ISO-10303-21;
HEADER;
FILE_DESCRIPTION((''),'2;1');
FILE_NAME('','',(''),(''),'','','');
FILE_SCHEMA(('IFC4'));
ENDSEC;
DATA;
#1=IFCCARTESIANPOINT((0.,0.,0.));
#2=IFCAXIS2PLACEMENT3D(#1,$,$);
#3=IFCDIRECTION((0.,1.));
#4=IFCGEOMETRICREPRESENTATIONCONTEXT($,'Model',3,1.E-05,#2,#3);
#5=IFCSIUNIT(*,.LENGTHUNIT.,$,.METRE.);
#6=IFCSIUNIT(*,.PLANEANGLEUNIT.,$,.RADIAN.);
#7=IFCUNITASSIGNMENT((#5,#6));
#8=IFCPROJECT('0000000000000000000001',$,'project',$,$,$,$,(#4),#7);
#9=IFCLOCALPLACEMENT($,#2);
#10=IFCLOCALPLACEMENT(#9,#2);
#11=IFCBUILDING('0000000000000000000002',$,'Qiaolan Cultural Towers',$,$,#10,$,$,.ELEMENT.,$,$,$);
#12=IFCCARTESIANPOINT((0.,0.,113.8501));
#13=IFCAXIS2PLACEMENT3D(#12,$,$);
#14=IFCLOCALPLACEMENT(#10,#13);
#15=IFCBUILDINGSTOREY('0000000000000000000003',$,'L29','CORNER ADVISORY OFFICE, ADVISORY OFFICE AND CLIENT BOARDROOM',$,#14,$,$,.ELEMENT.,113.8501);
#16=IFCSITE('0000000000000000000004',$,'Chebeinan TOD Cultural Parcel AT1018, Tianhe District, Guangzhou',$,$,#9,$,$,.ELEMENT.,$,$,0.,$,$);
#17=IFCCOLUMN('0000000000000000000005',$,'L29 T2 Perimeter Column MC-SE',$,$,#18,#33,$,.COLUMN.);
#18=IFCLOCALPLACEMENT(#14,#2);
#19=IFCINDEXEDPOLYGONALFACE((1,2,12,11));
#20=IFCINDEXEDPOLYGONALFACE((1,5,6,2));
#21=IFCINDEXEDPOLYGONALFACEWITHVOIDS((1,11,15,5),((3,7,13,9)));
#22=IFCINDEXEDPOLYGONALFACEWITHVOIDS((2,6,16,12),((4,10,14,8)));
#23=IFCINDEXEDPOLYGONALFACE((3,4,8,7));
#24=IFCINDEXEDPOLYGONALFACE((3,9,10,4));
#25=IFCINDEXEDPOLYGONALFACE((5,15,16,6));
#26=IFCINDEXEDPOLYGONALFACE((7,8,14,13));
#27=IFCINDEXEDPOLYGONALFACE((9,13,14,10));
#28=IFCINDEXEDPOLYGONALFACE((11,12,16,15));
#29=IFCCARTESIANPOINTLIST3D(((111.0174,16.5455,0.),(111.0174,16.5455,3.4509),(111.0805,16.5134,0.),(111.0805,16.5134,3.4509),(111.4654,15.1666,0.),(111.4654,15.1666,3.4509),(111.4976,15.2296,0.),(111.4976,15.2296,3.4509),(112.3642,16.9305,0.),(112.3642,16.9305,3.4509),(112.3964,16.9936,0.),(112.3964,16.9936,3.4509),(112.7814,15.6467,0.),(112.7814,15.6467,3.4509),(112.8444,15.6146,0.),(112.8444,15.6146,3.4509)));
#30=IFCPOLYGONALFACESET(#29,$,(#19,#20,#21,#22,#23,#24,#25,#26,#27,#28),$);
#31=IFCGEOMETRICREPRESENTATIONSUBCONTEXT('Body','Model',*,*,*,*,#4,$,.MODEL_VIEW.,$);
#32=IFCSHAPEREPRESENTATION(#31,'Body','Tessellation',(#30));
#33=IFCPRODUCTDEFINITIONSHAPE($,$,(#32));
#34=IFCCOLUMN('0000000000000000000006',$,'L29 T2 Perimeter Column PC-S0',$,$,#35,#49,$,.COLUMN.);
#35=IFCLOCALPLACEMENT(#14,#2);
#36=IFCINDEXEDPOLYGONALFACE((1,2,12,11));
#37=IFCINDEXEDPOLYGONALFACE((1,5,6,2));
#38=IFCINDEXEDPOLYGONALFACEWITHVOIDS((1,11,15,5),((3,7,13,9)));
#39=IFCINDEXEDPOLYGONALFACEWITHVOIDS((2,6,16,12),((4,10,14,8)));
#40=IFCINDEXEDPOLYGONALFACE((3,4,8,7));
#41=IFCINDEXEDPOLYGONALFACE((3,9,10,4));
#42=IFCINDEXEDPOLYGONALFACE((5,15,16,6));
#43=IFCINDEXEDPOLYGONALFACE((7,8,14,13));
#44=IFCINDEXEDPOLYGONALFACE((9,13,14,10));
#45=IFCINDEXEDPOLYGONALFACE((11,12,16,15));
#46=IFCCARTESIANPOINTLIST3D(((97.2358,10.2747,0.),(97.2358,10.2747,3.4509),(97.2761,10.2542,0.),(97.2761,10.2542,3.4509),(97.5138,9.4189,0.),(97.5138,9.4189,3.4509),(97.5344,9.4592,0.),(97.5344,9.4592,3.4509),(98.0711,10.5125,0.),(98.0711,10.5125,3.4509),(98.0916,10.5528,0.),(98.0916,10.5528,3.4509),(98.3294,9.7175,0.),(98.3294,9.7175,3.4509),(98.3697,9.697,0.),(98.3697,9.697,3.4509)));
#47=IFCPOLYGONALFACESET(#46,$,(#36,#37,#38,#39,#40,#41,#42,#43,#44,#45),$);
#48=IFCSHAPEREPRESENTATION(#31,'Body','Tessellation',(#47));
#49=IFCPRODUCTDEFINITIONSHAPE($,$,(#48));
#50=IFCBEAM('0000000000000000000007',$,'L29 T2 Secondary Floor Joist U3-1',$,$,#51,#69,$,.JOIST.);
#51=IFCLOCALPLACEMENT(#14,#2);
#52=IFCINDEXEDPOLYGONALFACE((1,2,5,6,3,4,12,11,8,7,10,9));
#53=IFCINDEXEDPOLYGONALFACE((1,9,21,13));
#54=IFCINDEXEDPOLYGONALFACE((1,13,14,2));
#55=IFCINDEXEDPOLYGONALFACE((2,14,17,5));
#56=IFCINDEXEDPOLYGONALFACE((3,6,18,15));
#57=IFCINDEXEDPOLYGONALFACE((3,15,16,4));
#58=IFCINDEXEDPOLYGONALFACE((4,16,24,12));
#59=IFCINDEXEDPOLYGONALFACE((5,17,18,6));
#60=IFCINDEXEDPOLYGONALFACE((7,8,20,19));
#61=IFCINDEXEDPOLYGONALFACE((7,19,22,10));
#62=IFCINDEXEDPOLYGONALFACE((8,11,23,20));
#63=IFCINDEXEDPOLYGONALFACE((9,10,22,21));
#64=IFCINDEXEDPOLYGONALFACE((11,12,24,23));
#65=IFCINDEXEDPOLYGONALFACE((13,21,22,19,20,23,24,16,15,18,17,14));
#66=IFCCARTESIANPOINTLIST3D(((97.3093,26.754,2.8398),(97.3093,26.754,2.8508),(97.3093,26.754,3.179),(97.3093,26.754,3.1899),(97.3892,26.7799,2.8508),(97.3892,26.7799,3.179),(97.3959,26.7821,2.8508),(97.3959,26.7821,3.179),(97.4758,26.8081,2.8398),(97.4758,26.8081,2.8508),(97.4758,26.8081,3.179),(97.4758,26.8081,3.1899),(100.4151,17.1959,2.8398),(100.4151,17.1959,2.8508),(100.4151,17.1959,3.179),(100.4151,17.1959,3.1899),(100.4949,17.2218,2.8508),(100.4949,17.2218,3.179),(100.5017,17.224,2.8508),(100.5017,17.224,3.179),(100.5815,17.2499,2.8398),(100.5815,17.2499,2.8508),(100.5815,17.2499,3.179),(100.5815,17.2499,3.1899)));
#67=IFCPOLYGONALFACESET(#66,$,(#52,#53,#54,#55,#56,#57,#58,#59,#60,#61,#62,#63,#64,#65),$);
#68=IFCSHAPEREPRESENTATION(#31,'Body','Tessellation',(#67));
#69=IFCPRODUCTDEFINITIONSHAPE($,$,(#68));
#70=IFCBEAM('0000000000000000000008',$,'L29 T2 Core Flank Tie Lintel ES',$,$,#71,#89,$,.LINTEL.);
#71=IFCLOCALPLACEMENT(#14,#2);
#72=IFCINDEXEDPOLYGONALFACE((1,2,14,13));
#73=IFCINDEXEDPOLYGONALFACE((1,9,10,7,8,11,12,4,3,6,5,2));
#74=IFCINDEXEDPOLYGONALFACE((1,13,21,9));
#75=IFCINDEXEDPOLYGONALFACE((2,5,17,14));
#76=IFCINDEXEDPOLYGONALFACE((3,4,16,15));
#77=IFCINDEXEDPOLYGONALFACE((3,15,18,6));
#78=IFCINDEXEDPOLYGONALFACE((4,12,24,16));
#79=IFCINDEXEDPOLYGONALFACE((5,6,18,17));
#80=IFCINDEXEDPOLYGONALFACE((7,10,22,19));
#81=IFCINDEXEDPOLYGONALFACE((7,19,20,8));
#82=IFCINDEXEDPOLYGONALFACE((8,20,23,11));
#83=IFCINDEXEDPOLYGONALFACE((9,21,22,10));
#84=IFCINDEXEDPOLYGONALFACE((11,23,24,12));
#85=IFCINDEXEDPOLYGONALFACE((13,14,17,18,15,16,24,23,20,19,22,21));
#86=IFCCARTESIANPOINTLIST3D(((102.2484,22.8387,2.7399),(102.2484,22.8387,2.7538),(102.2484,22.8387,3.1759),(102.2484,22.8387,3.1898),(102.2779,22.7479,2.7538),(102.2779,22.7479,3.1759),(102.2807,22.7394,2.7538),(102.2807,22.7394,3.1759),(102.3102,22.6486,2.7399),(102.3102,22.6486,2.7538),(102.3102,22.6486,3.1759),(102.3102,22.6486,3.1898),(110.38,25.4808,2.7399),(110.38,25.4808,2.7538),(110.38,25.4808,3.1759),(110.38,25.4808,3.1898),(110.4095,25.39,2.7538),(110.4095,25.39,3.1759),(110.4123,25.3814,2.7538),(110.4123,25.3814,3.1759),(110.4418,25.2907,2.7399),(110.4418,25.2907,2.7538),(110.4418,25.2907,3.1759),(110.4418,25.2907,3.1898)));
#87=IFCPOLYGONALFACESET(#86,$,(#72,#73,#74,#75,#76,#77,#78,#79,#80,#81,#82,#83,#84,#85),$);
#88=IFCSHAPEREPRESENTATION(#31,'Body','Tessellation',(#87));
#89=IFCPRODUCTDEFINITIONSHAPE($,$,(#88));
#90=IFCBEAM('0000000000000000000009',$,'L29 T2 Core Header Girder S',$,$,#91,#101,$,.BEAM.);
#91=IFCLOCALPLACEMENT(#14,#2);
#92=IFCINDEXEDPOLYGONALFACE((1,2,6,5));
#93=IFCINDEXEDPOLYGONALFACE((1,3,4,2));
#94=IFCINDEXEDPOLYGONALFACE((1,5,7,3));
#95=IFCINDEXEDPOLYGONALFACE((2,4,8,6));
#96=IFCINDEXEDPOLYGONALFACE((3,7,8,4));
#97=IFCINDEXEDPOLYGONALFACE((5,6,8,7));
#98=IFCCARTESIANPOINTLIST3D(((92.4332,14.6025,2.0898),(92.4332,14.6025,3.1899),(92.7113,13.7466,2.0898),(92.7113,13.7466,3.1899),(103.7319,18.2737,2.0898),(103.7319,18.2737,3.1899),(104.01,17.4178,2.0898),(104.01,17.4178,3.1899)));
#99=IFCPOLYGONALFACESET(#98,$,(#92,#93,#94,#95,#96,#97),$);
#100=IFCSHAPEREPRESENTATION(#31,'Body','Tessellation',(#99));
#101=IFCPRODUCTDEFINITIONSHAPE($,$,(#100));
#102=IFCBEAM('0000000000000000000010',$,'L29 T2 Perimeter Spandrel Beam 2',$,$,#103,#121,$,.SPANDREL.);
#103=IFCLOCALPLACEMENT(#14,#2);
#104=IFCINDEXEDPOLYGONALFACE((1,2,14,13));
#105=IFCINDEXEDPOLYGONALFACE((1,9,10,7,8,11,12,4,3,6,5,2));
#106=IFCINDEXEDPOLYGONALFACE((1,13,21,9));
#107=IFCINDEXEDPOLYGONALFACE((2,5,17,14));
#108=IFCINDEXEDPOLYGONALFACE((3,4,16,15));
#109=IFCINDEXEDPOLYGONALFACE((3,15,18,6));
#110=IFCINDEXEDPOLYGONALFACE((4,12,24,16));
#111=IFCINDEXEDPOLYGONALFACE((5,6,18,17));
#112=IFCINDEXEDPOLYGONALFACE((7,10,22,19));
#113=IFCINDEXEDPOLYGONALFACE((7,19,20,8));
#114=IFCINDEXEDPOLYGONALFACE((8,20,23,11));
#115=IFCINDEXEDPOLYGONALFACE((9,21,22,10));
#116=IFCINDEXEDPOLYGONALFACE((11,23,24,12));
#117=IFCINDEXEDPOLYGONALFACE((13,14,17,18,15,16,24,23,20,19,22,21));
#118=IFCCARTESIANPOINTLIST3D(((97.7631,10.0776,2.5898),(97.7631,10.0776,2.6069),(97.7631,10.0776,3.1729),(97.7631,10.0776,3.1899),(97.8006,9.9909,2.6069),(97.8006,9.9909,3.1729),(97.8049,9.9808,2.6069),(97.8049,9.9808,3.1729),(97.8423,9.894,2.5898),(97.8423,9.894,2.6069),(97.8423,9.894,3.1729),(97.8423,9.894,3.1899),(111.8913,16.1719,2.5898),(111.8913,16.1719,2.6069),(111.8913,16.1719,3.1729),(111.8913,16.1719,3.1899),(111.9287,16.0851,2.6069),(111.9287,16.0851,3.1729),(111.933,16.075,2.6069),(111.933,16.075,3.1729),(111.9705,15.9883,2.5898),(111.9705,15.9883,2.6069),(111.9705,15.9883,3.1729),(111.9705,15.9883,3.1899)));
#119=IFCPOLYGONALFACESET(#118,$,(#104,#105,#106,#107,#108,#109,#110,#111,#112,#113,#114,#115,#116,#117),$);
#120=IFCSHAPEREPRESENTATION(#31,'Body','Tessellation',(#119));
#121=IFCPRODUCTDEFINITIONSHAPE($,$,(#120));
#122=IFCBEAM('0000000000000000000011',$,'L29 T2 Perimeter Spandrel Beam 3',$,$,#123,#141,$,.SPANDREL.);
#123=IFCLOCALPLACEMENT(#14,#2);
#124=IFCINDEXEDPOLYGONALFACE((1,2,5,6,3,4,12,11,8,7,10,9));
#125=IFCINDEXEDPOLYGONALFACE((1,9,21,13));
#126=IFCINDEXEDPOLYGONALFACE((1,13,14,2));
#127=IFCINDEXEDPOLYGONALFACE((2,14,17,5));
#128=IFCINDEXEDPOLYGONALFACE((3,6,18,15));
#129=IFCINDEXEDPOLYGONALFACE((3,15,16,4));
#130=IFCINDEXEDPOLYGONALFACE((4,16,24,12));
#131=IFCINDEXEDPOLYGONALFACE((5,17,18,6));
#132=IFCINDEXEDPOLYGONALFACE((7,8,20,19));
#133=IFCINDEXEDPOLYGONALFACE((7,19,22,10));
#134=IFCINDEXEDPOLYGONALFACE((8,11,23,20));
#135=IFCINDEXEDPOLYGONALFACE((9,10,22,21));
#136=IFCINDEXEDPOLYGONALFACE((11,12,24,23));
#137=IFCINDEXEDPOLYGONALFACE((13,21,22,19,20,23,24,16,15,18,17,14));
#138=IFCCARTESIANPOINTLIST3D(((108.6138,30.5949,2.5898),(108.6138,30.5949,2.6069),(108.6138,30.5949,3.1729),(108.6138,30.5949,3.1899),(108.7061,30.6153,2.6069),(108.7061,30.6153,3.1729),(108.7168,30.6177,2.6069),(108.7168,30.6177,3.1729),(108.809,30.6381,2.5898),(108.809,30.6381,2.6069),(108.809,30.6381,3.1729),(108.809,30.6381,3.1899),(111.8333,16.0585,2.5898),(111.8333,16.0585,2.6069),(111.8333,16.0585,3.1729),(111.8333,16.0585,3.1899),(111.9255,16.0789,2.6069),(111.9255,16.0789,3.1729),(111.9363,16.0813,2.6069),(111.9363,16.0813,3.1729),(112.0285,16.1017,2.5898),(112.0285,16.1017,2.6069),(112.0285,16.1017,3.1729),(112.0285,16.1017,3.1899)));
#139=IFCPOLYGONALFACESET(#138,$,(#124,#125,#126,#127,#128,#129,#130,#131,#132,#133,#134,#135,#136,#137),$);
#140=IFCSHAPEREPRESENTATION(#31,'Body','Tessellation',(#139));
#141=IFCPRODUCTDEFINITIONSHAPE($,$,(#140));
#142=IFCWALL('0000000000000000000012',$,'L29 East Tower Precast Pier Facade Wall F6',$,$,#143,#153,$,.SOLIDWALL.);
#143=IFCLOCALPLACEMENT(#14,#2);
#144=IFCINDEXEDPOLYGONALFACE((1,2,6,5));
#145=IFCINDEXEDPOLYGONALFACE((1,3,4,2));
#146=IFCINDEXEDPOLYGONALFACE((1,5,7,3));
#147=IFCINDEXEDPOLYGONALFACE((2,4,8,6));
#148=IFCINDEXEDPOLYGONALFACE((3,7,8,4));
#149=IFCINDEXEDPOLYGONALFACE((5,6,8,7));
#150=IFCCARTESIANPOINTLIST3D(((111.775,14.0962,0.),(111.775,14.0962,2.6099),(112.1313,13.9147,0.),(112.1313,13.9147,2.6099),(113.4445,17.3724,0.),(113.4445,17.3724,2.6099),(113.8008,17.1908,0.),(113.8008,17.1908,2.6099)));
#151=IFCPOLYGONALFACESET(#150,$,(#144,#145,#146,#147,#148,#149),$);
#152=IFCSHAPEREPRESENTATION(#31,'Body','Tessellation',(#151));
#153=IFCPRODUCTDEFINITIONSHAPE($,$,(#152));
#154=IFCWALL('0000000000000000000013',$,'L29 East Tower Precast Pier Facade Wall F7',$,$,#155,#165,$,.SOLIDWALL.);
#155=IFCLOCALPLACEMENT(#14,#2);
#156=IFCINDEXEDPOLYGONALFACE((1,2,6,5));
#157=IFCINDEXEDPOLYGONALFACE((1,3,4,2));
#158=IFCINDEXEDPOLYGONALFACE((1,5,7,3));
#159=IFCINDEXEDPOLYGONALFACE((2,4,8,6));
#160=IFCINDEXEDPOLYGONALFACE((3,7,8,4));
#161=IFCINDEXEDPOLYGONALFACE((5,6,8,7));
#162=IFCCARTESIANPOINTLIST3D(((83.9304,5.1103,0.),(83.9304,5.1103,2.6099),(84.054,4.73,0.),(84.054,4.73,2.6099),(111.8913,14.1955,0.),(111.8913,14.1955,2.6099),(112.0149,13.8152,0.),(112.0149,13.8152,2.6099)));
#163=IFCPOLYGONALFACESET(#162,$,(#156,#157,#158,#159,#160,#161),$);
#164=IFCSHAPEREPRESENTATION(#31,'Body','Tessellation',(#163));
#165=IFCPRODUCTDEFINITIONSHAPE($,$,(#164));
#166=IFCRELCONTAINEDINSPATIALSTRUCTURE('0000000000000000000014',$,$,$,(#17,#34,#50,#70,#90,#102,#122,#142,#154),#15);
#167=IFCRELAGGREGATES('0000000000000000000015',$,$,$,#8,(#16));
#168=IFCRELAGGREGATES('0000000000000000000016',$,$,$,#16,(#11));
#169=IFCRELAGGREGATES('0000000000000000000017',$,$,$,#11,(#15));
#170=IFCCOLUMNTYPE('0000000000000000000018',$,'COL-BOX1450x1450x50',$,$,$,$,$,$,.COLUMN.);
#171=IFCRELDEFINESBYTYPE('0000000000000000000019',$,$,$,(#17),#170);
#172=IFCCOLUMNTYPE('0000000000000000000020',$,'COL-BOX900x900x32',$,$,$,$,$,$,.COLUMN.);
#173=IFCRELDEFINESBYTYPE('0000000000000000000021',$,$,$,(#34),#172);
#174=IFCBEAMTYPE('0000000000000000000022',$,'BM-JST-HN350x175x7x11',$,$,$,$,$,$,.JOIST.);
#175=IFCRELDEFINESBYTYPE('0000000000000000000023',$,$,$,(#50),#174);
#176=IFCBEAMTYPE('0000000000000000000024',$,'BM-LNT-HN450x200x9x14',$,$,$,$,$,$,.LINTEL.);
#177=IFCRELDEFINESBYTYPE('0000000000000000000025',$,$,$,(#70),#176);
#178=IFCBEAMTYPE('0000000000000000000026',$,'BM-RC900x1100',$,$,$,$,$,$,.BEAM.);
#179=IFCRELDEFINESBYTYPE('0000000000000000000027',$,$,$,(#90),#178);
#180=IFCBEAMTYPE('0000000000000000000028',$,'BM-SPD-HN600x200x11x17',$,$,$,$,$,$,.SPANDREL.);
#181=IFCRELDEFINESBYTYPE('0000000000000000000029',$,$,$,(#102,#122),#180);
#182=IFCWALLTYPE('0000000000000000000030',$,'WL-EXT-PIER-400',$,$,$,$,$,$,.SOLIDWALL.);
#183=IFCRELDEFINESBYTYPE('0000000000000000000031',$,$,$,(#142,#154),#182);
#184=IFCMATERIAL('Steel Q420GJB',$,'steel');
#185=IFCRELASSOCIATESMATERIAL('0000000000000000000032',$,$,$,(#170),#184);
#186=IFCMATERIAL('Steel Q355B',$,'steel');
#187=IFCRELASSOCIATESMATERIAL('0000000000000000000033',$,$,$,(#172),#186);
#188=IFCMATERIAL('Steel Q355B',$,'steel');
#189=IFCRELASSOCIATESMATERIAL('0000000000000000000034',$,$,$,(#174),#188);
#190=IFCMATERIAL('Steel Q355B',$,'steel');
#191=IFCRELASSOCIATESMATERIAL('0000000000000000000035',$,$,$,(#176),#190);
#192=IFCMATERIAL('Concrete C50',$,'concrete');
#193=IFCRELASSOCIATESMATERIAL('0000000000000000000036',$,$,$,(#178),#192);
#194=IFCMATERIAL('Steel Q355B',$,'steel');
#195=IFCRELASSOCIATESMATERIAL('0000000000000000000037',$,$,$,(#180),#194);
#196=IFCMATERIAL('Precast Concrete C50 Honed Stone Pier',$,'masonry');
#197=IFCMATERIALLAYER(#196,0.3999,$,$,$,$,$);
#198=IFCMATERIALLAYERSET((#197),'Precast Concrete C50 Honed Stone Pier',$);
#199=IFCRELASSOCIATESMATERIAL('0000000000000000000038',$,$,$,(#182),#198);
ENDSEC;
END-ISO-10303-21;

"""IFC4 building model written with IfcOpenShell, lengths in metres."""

from ifc_helpers import new_model, si_unit, direction, frame, frame_2d, origin, origin_2d, place, context, subcontext, project, spatial, rectangle, hollow_rectangle, i_section, extrude, material, layer, layer_set, material_profile, profile_set, type_object, element, save


model = new_model("IFC4")

# Units and contexts
model_context = context("Model", 3, precision=1e-05, world=origin(), true_north=direction((0.0, 1.0)))
body_context = subcontext(model_context, "Body", "Model", "MODEL_VIEW")
ifc_project = project(units=[si_unit("LENGTHUNIT", "METRE"), si_unit("PLANEANGLEUNIT", "RADIAN")], contexts=[model_context])

# Site, building, storey
site_placement = place(None, origin())
site = spatial("IfcSite", under=ifc_project, at=site_placement, Name="Chebeinan TOD Cultural Parcel AT1018, Tianhe District, Guangzhou", CompositionType="ELEMENT", RefElevation=0.0)
building_placement = place(site_placement, origin())
building = spatial("IfcBuilding", under=site, at=building_placement, Name="Qiaolan Cultural Towers", CompositionType="ELEMENT")
storey_placement = place(building_placement, frame((0.0, 0.0, 113.8501)))
storey = spatial("IfcBuildingStorey", under=building, at=storey_placement, Name="L29", Description="CORNER ADVISORY OFFICE, ADVISORY OFFICE AND CLIENT BOARDROOM", CompositionType="ELEMENT", Elevation=113.8501)

# Columns
ifc_material_1 = material(Name="Steel Q420GJB", Category="steel")
ifc_material_profile_1 = material_profile(ifc_material_1, hollow_rectangle(XDim=1.45, YDim=1.45, WallThickness=0.05, at=origin_2d()), Name="BOX1450x1450x50")
ifc_profile_set_1 = profile_set([ifc_material_profile_1], Name="Steel Q420GJB")
column_type_1 = type_object("IfcColumnType", Name="COL-BOX1450x1450x50", PredefinedType="COLUMN", material=ifc_profile_set_1)
column_1_placement = place(storey_placement, frame((111.9309, 16.0801, 0.0), z_axis=(0.0, 0.0, 1.0), x_axis=(0.951057, 0.309017, 0.0)))
element("IfcColumn", 1, at=column_1_placement, inside=storey, type_object=column_type_1, Name="L29 T2 Perimeter Column MC-SE", PredefinedType="COLUMN", context=body_context, shape_type="SweptSolid", body=[
    extrude(hollow_rectangle(XDim=1.45, YDim=1.45, WallThickness=0.05, at=origin_2d()), origin(), (0.0, 0.0, 1.0), 3.4509),
])
ifc_material_2 = material(Name="Steel Q355B", Category="steel")
ifc_material_profile_2 = material_profile(ifc_material_2, hollow_rectangle(XDim=0.8999, YDim=0.8999, WallThickness=0.032, at=origin_2d()), Name="BOX900x900x32")
ifc_profile_set_2 = profile_set([ifc_material_profile_2], Name="Steel Q355B")
column_type_2 = type_object("IfcColumnType", Name="COL-BOX900x900x32", PredefinedType="COLUMN", material=ifc_profile_set_2)
column_2_placement = place(storey_placement, frame((97.8027, 9.9858, 0.0), z_axis=(0.0, 0.0, 1.0), x_axis=(0.951057, 0.309017, 0.0)))
element("IfcColumn", 2, at=column_2_placement, inside=storey, type_object=column_type_2, Name="L29 T2 Perimeter Column PC-S0", PredefinedType="COLUMN", context=body_context, shape_type="SweptSolid", body=[
    extrude(hollow_rectangle(XDim=0.8999, YDim=0.8999, WallThickness=0.032, at=origin_2d()), origin(), (0.0, 0.0, 1.0), 3.4509),
])

# Beams
ifc_material_3 = material(Name="Steel Q355B", Category="steel")
ifc_material_profile_3 = material_profile(ifc_material_3, i_section(OverallWidth=0.175, OverallDepth=0.3501, WebThickness=0.0071, FlangeThickness=0.011, at=origin_2d()), Name="HN350x175x7x11")
ifc_profile_set_3 = profile_set([ifc_material_profile_3], Name="Steel Q355B")
beam_type_1 = type_object("IfcBeamType", Name="BM-JST-HN350x175x7x11", PredefinedType="JOIST", material=ifc_profile_set_3)
beam_1_placement = place(storey_placement, frame((100.4983, 17.2229, 3.0149), z_axis=(-0.309026, 0.951054, 0.0), x_axis=(-0.951054, -0.309026, 0.0)))
element("IfcBeam", 3, at=beam_1_placement, inside=storey, type_object=beam_type_1, Name="L29 T2 Secondary Floor Joist U3-1", PredefinedType="JOIST", context=body_context, shape_type="SweptSolid", body=[
    extrude(i_section(OverallWidth=0.175, OverallDepth=0.3501, WebThickness=0.0071, FlangeThickness=0.011, at=origin_2d()), origin(), (0.0, 0.0, 1.0), 10.05),
])
ifc_material_4 = material(Name="Steel Q355B", Category="steel")
ifc_material_profile_4 = material_profile(ifc_material_4, i_section(OverallWidth=0.2, OverallDepth=0.45, WebThickness=0.009, FlangeThickness=0.0139, at=origin_2d()), Name="HN450x200x9x14")
ifc_profile_set_4 = profile_set([ifc_material_profile_4], Name="Steel Q355B")
beam_type_2 = type_object("IfcBeamType", Name="BM-LNT-HN450x200x9x14", PredefinedType="LINTEL", material=ifc_profile_set_4)
beam_2_placement = place(storey_placement, frame((102.2793, 22.7437, 2.9648), z_axis=(0.951057, 0.309014, 0.0), x_axis=(-0.309014, 0.951057, 0.0)))
element("IfcBeam", 4, at=beam_2_placement, inside=storey, type_object=beam_type_2, Name="L29 T2 Core Flank Tie Lintel ES", PredefinedType="LINTEL", context=body_context, shape_type="SweptSolid", body=[
    extrude(i_section(OverallWidth=0.2, OverallDepth=0.45, WebThickness=0.009, FlangeThickness=0.0139, at=origin_2d()), origin(), (0.0, 0.0, 1.0), 8.55),
])
ifc_material_5 = material(Name="Concrete C50", Category="concrete")
ifc_material_profile_5 = material_profile(ifc_material_5, rectangle(XDim=0.8999, YDim=1.1001, at=origin_2d()), Name="RC900x1100")
ifc_profile_set_5 = profile_set([ifc_material_profile_5], Name="Concrete C50")
beam_type_3 = type_object("IfcBeamType", Name="BM-RC900x1100", PredefinedType="BEAM", material=ifc_profile_set_5)
beam_3_placement = place(storey_placement, frame((92.5723, 14.1746, 2.6399), z_axis=(0.951056, 0.309018, 0.0), x_axis=(-0.309018, 0.951056, 0.0)))
element("IfcBeam", 5, at=beam_3_placement, inside=storey, type_object=beam_type_3, Name="L29 T2 Core Header Girder S", PredefinedType="BEAM", context=body_context, shape_type="SweptSolid", body=[
    extrude(rectangle(XDim=0.8999, YDim=1.1001, at=origin_2d()), origin(), (0.0, 0.0, 1.0), 11.8801),
])
ifc_material_6 = material(Name="Steel Q355B", Category="steel")
ifc_material_profile_6 = material_profile(ifc_material_6, i_section(OverallWidth=0.2, OverallDepth=0.6001, WebThickness=0.011, FlangeThickness=0.0171, at=origin_2d()), Name="HN600x200x11x17")
ifc_profile_set_6 = profile_set([ifc_material_profile_6], Name="Steel Q355B")
beam_type_4 = type_object("IfcBeamType", Name="BM-SPD-HN600x200x11x17", PredefinedType="SPANDREL", material=ifc_profile_set_6)
beam_4_placement = place(storey_placement, frame((97.8027, 9.9858, 2.8899), z_axis=(0.918218, 0.396076, 0.0), x_axis=(-0.396076, 0.918218, 0.0)))
element("IfcBeam", 6, at=beam_4_placement, inside=storey, type_object=beam_type_4, Name="L29 T2 Perimeter Spandrel Beam 2", PredefinedType="SPANDREL", context=body_context, shape_type="SweptSolid", body=[
    extrude(i_section(OverallWidth=0.2, OverallDepth=0.6001, WebThickness=0.011, FlangeThickness=0.0171, at=origin_2d()), origin(), (0.0, 0.0, 1.0), 15.3865),
])
beam_5_placement = place(storey_placement, frame((111.9309, 16.0801, 2.8899), z_axis=(-0.216238, 0.976341, 0.0), x_axis=(-0.976341, -0.216238, 0.0)))
element("IfcBeam", 7, at=beam_5_placement, inside=storey, type_object=beam_type_4, Name="L29 T2 Perimeter Spandrel Beam 3", PredefinedType="SPANDREL", context=body_context, shape_type="SweptSolid", body=[
    extrude(i_section(OverallWidth=0.2, OverallDepth=0.6001, WebThickness=0.011, FlangeThickness=0.0171, at=origin_2d()), origin(), (0.0, 0.0, 1.0), 14.8887),
])

# Walls
ifc_material_7 = material(Name="Precast Concrete C50 Honed Stone Pier", Category="masonry")
ifc_layer_1 = layer(ifc_material_7, 0.3999)
ifc_layer_set_1 = layer_set([ifc_layer_1], Name="Precast Concrete C50 Honed Stone Pier")
wall_type_1 = type_object("IfcWallType", Name="WL-EXT-PIER-400", PredefinedType="SOLIDWALL", material=ifc_layer_set_1)
wall_1_placement = place(storey_placement, frame((113.6226, 17.2815, 0.0), z_axis=(0.0, 0.0, 1.0), x_axis=(-0.454026, -0.890988, 0.0)))
element("IfcWall", 8, at=wall_1_placement, inside=storey, type_object=wall_type_1, Name="L29 East Tower Precast Pier Facade Wall F6", PredefinedType="SOLIDWALL", context=body_context, shape_type="SweptSolid", body=[
    extrude(rectangle(XDim=3.677, YDim=0.3999, at=frame_2d((1.8384, 0.0))), origin(), (0.0, 0.0, 1.0), 2.6099),
])
wall_2_placement = place(storey_placement, frame((111.9531, 14.0054, 0.0), z_axis=(0.0, 0.0, 1.0), x_axis=(-0.951055, -0.309021, 0.0)))
element("IfcWall", 9, at=wall_2_placement, inside=storey, type_object=wall_type_1, Name="L29 East Tower Precast Pier Facade Wall F7", PredefinedType="SOLIDWALL", context=body_context, shape_type="SweptSolid", body=[
    extrude(rectangle(XDim=29.3999, YDim=0.3999, at=frame_2d((14.7, 0.0))), origin(), (0.0, 0.0, 1.0), 2.6099),
])

save(model, "model.ifc")
